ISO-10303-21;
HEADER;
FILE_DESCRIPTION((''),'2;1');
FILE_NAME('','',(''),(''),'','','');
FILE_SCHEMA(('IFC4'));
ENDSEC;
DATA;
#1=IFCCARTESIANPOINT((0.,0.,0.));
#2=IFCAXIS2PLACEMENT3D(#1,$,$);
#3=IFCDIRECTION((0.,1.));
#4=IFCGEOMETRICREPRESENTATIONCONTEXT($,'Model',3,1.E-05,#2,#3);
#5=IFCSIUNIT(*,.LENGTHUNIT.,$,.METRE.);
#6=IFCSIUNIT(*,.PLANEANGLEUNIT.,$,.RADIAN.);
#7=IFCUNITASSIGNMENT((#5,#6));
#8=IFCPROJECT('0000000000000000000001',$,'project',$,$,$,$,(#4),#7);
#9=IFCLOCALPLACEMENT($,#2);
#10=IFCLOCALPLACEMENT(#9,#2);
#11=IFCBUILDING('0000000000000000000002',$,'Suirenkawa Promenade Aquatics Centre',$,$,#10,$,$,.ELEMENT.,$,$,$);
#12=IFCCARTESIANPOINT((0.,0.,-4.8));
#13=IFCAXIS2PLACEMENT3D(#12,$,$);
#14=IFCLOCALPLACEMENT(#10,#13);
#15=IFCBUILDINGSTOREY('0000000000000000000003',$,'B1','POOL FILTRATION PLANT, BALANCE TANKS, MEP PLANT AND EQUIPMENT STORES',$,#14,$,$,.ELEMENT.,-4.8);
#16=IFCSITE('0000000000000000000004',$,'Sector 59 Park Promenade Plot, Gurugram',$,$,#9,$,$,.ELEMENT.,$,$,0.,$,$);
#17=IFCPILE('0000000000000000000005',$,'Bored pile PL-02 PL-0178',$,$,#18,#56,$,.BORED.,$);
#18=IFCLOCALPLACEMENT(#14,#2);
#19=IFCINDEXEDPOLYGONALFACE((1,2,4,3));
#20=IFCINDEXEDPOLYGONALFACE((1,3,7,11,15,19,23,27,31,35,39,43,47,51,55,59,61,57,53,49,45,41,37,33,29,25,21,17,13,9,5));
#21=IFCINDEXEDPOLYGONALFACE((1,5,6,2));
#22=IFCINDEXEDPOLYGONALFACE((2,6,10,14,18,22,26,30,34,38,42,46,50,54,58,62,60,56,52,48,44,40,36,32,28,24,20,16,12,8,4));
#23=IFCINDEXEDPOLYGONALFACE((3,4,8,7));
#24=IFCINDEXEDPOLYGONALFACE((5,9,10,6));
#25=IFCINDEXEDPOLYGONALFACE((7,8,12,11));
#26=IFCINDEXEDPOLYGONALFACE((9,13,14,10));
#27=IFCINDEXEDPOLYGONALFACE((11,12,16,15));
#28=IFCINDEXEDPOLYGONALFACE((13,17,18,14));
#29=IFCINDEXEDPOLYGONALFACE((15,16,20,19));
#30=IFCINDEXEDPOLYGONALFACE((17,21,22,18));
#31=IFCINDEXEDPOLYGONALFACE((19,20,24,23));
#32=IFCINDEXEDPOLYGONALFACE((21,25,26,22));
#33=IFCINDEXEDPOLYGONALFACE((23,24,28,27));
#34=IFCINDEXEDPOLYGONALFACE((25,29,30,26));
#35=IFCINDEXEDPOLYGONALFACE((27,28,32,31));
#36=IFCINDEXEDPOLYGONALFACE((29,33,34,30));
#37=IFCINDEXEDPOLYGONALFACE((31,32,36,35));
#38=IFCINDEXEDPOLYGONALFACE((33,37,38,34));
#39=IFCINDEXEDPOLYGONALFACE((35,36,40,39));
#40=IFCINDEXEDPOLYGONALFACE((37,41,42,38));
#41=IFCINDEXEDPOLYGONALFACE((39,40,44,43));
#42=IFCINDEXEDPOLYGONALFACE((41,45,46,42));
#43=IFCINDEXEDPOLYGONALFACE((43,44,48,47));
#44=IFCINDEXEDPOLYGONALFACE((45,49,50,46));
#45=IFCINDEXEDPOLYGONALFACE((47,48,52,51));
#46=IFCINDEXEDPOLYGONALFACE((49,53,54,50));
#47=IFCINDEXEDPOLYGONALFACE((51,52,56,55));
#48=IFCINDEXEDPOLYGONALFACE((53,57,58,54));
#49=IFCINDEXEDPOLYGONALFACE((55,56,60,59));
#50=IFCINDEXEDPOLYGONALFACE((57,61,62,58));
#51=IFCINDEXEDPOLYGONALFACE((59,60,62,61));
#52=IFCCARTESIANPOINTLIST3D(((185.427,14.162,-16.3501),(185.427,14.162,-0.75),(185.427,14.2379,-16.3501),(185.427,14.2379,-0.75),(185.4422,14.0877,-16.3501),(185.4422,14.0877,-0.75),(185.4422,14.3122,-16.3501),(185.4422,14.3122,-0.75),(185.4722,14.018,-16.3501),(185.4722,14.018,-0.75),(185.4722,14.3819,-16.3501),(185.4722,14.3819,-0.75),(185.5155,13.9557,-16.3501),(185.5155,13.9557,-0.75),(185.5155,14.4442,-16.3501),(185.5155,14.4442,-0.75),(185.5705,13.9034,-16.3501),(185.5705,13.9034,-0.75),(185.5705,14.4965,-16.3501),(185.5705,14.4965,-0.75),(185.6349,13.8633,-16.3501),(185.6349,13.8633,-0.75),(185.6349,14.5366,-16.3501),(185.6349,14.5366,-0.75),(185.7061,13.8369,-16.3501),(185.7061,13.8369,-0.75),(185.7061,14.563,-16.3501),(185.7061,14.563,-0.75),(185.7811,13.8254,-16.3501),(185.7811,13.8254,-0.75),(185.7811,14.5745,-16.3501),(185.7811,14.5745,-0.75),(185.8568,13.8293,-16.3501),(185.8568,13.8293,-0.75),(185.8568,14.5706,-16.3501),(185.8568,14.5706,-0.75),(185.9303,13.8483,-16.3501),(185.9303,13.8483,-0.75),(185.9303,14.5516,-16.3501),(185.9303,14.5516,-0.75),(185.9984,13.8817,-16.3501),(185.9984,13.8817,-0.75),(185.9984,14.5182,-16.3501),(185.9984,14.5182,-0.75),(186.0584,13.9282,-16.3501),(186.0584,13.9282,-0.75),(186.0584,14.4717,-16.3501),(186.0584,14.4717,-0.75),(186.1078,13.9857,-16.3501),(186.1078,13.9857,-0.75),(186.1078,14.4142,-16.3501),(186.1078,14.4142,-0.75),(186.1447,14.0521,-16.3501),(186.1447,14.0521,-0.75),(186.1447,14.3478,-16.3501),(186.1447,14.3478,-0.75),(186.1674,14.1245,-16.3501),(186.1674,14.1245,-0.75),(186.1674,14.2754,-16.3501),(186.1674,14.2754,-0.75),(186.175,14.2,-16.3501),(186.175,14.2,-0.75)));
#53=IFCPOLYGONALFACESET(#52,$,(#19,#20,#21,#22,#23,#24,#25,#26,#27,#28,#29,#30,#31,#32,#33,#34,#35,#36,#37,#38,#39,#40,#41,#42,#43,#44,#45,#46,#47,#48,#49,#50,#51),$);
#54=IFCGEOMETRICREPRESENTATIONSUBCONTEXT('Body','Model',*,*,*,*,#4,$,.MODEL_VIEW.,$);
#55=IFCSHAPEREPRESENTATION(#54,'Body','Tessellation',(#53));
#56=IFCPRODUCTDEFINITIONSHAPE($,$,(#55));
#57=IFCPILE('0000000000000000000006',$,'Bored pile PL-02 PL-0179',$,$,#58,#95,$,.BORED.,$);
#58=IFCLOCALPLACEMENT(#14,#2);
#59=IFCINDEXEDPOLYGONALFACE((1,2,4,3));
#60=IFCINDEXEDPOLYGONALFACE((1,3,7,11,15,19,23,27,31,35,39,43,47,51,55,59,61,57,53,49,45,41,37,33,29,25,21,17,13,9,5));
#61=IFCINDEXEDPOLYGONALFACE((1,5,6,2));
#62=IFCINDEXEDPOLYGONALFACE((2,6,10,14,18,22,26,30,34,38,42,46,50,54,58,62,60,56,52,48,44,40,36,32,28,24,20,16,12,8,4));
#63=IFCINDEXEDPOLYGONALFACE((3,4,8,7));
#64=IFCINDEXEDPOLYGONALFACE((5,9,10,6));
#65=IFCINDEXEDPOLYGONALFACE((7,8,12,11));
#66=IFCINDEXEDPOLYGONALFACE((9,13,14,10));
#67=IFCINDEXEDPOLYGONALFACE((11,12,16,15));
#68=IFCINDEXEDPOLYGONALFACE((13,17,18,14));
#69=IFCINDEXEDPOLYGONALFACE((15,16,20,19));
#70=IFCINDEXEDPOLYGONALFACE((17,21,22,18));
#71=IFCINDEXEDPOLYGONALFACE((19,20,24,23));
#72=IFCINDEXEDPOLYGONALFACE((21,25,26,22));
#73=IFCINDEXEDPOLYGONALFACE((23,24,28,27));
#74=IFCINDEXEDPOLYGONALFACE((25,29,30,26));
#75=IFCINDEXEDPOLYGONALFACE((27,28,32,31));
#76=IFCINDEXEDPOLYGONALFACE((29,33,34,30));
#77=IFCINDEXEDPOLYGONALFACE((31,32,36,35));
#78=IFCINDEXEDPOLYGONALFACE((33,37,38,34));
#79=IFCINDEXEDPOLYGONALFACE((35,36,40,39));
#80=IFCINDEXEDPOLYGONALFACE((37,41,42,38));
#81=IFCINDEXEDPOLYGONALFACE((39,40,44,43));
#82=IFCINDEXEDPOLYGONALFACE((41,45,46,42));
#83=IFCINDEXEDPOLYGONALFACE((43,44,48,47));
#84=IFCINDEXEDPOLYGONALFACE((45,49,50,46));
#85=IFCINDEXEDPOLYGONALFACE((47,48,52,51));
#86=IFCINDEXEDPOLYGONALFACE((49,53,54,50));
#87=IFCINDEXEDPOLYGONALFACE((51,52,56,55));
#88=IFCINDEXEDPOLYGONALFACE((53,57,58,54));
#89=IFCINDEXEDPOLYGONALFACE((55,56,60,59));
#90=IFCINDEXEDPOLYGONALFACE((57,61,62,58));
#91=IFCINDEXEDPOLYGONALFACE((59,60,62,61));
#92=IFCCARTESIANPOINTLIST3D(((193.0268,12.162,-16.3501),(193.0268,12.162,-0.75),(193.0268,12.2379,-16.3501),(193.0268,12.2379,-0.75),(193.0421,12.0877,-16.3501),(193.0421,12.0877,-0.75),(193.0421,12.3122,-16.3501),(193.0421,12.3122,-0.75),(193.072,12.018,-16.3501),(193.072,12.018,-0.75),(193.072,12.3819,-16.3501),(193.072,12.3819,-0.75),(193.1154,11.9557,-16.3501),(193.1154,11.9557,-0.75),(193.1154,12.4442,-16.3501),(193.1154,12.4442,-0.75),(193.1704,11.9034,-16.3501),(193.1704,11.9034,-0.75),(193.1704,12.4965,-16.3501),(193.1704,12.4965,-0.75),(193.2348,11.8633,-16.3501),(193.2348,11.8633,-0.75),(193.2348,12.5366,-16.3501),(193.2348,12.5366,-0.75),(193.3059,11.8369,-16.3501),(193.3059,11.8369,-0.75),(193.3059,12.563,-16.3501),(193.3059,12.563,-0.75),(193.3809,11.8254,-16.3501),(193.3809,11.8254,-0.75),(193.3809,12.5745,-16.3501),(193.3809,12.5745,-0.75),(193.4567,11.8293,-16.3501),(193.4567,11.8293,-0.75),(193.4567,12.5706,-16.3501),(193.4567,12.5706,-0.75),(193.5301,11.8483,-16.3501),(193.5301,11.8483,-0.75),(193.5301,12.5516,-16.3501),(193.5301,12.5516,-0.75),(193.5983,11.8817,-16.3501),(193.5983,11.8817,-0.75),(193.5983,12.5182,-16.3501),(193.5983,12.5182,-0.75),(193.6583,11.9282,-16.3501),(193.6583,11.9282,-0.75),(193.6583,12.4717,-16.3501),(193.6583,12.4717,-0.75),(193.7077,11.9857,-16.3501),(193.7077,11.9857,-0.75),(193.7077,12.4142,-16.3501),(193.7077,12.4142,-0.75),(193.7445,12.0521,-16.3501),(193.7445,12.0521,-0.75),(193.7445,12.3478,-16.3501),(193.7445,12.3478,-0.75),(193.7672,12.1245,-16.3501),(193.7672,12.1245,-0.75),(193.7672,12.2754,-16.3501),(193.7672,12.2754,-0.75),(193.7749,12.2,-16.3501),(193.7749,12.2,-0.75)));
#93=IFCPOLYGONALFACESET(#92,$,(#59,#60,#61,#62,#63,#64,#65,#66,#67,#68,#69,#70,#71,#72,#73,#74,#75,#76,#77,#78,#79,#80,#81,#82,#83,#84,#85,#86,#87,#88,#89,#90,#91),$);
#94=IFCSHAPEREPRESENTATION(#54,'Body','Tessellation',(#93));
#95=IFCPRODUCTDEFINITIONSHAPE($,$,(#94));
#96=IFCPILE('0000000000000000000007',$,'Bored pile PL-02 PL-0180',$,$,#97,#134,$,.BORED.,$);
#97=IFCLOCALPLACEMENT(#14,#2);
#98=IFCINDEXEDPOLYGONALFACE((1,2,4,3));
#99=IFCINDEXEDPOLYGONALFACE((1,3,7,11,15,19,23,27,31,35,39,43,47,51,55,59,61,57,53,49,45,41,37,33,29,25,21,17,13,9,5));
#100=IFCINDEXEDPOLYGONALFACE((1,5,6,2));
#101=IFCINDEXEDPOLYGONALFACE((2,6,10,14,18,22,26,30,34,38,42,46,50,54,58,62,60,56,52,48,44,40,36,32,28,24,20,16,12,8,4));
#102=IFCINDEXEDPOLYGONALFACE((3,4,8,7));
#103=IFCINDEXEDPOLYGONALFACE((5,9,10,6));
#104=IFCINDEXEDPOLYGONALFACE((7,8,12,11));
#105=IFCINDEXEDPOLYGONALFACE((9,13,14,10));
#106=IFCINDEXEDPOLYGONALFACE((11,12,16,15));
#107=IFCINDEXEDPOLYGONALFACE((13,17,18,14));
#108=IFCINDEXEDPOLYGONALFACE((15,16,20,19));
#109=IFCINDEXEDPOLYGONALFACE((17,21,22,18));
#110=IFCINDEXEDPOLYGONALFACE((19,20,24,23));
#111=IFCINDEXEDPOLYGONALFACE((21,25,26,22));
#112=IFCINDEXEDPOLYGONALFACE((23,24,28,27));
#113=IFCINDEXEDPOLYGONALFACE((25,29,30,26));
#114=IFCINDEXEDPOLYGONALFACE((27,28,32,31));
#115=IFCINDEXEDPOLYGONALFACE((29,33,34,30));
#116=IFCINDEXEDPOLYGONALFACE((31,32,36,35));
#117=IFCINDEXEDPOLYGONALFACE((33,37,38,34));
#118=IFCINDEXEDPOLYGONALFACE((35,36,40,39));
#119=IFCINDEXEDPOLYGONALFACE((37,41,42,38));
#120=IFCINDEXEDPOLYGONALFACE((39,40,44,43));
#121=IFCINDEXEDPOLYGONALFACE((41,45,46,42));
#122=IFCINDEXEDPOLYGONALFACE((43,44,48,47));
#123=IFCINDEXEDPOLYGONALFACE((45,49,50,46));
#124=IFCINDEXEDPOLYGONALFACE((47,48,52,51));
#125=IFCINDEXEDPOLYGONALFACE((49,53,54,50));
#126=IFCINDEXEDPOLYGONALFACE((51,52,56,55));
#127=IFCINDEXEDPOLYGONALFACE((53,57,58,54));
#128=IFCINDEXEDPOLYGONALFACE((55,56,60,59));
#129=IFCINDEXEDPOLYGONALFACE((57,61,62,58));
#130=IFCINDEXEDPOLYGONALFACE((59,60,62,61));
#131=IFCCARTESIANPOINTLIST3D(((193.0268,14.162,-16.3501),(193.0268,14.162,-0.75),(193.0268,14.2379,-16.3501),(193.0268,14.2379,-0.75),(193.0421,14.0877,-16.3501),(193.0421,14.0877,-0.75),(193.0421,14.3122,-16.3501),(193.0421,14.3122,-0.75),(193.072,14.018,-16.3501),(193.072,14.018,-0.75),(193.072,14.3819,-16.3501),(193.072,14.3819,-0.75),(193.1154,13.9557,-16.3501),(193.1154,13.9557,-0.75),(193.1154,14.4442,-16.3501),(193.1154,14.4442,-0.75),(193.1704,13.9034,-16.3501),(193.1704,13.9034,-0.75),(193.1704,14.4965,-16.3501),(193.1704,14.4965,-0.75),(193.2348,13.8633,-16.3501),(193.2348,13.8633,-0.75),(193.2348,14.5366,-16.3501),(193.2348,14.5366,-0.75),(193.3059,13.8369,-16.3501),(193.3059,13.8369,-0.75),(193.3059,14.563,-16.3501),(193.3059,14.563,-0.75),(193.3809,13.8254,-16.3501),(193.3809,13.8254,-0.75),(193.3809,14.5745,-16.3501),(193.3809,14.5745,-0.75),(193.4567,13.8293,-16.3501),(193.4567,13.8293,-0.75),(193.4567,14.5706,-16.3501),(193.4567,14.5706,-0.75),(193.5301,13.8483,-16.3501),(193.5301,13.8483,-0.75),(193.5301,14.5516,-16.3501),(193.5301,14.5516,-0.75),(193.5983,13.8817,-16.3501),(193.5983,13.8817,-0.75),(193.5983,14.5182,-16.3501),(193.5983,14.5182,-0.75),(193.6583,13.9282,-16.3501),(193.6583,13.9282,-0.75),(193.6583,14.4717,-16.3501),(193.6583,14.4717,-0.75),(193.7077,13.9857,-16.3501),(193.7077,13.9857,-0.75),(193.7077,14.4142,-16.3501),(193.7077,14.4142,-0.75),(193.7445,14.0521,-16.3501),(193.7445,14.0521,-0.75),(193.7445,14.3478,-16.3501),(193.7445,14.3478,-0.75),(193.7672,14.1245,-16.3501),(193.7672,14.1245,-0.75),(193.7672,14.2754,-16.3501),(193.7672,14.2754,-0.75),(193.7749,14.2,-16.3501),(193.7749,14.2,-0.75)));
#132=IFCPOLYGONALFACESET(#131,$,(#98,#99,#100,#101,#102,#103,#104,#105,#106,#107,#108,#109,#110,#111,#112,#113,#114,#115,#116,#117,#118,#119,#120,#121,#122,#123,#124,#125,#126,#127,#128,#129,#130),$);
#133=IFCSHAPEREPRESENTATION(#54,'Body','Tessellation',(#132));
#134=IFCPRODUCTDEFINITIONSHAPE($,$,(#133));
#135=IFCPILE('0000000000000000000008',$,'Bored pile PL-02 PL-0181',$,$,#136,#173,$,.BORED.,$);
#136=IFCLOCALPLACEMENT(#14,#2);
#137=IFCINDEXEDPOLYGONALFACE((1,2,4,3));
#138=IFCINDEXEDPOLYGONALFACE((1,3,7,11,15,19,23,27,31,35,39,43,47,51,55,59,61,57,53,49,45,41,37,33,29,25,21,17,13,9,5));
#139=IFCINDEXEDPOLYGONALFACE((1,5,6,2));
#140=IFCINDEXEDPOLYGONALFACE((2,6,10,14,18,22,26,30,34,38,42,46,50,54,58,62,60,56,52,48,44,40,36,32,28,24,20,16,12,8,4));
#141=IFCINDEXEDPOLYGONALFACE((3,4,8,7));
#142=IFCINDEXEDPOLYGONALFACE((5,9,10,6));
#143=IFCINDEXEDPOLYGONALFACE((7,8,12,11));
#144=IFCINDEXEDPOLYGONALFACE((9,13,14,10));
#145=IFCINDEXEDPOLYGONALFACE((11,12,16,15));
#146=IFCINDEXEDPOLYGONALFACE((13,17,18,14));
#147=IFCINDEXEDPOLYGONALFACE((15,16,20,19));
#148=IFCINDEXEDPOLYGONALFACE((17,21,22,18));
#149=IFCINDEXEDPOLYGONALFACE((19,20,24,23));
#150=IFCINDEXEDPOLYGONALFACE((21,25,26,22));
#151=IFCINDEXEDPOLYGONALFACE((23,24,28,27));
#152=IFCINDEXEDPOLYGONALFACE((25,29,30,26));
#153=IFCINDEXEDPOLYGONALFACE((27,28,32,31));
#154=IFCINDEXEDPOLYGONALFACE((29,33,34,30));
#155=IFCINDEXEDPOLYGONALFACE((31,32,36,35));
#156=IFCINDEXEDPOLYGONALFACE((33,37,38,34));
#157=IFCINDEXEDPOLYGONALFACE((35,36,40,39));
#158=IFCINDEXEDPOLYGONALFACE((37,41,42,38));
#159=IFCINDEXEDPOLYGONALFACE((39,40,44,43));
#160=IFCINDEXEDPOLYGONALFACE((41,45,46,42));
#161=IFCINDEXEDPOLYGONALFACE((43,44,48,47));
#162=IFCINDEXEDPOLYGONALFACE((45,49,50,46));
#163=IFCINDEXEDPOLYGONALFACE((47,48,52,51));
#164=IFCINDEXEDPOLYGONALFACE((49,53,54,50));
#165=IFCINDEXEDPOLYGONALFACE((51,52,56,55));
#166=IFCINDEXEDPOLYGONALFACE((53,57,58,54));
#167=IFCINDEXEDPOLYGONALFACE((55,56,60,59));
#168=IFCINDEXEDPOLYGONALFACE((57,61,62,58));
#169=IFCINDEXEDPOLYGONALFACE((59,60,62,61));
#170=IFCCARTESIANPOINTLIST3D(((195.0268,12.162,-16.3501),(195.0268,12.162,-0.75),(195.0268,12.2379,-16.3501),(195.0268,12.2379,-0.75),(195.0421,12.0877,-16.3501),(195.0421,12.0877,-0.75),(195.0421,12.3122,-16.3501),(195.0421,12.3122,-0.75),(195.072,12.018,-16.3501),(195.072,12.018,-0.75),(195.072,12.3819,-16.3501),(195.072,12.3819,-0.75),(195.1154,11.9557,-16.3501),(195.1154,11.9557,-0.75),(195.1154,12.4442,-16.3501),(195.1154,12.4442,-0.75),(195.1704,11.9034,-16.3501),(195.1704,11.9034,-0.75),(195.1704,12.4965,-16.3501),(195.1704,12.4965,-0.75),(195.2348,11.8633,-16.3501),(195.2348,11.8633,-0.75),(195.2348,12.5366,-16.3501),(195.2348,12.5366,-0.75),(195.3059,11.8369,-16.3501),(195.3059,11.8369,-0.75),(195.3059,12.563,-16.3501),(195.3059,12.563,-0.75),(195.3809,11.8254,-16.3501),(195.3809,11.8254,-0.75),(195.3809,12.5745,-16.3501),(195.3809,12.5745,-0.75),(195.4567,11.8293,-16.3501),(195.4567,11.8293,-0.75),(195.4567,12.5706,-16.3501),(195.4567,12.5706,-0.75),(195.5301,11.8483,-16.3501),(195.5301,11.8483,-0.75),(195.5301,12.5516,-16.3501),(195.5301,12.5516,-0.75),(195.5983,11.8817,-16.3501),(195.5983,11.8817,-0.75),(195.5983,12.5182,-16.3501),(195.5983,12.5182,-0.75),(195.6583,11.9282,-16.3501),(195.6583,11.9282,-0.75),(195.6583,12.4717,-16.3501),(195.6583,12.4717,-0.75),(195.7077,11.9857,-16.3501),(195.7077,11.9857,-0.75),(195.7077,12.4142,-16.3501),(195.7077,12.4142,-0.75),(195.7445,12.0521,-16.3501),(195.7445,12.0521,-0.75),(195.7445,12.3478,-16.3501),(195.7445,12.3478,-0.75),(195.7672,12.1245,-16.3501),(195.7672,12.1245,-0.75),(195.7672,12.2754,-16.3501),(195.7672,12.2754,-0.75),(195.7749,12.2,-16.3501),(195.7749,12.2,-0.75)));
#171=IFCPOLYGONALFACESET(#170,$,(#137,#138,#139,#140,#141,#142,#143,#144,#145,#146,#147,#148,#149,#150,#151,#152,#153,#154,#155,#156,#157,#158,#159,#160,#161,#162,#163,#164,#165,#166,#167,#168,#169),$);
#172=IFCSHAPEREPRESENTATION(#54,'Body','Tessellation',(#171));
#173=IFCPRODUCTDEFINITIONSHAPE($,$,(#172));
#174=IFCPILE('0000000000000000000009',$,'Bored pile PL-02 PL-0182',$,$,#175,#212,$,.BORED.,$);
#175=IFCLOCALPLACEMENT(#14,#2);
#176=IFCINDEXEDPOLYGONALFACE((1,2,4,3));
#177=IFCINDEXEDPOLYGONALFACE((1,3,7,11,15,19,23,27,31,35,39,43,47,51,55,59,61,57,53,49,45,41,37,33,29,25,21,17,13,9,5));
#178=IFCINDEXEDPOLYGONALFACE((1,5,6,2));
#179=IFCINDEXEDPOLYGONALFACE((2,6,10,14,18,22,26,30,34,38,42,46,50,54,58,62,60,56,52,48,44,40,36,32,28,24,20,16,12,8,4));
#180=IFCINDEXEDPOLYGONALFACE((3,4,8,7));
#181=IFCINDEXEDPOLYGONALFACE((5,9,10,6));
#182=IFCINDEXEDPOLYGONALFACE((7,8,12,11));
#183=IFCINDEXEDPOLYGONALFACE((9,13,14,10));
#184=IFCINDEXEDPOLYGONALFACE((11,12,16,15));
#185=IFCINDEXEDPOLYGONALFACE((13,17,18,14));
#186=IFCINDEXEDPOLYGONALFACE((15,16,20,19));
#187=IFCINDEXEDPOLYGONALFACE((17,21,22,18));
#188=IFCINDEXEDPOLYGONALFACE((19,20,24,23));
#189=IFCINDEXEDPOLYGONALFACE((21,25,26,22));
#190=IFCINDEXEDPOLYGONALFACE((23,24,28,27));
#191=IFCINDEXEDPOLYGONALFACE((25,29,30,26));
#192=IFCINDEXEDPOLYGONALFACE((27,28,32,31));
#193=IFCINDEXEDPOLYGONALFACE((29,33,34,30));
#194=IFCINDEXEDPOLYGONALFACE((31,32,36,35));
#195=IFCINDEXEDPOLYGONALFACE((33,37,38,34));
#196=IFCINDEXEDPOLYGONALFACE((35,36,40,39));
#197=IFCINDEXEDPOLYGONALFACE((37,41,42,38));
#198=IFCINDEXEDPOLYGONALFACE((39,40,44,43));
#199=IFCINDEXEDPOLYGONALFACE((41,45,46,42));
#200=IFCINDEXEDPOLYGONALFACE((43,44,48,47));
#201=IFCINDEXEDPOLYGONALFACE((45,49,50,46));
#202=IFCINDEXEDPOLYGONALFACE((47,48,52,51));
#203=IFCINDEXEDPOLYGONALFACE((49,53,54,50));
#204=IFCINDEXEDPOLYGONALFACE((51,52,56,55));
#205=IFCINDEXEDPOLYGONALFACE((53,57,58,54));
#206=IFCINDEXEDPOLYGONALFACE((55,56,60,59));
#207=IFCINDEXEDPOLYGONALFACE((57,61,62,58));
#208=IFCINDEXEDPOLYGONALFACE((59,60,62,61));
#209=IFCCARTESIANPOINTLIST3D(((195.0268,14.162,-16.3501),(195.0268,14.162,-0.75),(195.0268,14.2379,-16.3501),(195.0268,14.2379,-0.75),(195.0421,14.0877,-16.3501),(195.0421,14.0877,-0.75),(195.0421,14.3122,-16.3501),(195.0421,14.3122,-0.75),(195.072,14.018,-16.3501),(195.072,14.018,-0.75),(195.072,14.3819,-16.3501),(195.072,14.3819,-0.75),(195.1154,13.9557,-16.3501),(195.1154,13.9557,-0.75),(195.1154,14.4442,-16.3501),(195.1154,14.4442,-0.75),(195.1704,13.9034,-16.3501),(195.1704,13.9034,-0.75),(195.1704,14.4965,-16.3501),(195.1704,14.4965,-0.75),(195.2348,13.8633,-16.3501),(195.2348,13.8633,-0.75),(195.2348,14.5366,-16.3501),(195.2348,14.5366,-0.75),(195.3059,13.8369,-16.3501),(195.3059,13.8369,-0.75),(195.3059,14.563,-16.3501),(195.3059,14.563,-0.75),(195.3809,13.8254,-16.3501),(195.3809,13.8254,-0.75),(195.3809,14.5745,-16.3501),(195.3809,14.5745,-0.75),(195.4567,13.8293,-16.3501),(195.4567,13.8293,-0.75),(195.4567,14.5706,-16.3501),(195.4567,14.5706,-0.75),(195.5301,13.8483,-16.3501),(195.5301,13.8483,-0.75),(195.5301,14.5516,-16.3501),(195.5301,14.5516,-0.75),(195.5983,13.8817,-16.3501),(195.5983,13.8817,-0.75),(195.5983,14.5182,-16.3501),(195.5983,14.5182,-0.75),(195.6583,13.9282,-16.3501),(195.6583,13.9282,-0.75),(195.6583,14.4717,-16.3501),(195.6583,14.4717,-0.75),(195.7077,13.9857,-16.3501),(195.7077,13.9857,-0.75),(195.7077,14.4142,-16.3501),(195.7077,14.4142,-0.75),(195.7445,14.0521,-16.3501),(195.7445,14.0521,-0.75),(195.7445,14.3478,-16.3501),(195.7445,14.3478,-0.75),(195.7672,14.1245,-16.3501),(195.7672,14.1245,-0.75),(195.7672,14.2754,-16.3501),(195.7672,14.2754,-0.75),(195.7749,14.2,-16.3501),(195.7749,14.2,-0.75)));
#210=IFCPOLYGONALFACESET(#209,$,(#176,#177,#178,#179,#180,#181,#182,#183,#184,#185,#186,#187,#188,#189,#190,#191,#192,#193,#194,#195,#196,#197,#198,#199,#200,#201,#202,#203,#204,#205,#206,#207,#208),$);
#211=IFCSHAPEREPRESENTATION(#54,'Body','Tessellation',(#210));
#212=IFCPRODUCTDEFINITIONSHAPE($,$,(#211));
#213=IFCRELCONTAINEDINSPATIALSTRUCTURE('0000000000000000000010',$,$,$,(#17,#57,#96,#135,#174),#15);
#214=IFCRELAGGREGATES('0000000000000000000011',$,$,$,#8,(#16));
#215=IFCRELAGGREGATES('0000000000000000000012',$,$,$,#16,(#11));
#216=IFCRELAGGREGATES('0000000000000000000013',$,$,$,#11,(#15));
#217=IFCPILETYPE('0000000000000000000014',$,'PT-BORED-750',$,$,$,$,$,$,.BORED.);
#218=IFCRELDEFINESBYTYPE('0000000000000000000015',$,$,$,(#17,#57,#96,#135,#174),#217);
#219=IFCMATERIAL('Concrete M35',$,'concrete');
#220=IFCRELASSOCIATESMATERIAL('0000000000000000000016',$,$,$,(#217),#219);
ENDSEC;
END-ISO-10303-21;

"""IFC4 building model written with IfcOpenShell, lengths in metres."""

from ifc_helpers import new_model, si_unit, direction, frame, origin, origin_2d, place, context, subcontext, project, spatial, circle, extrude, material, material_profile, profile_set, type_object, element, save


model = new_model("IFC4")

# Units and contexts
model_context = context("Model", 3, precision=1e-05, world=origin(), true_north=direction((0.0, 1.0)))
body_context = subcontext(model_context, "Body", "Model", "MODEL_VIEW")
ifc_project = project(units=[si_unit("LENGTHUNIT", "METRE"), si_unit("PLANEANGLEUNIT", "RADIAN")], contexts=[model_context])

# Site, building, storey
site_placement = place(None, origin())
site = spatial("IfcSite", under=ifc_project, at=site_placement, Name="Sector 59 Park Promenade Plot, Gurugram", CompositionType="ELEMENT", RefElevation=0.0)
building_placement = place(site_placement, origin())
building = spatial("IfcBuilding", under=site, at=building_placement, Name="Suirenkawa Promenade Aquatics Centre", CompositionType="ELEMENT")
storey_placement = place(building_placement, frame((0.0, 0.0, -4.8)))
storey = spatial("IfcBuildingStorey", under=building, at=storey_placement, Name="B1", Description="POOL FILTRATION PLANT, BALANCE TANKS, MEP PLANT AND EQUIPMENT STORES", CompositionType="ELEMENT", Elevation=-4.8)

# Shared definitions
ifc_material_1 = material(Name="Concrete M35", Category="concrete")

# Piles
ifc_material_profile_1 = material_profile(ifc_material_1, circle(Radius=0.375, at=origin_2d()), Name="PILE D750", Category="concrete")
ifc_profile_set_1 = profile_set([ifc_material_profile_1], Name="Concrete M35")
pile_type = type_object("IfcPileType", Name="PT-BORED-750", PredefinedType="BORED", material=ifc_profile_set_1)
for number, where, z_axis, x_axis, name in (
    (1, (185.8, 14.2, -0.75), (0.0, 0.0, -1.0), (1.0, 0.0, 0.0), "Bored pile PL-02 PL-0178"),
    (2, (193.3999, 12.2, -0.75), (0.0, 0.0, -1.0), (1.0, 0.0, 0.0), "Bored pile PL-02 PL-0179"),
    (3, (193.3999, 14.2, -0.75), (0.0, 0.0, -1.0), (1.0, 0.0, 0.0), "Bored pile PL-02 PL-0180"),
    (4, (195.3999, 12.2, -0.75), (0.0, 0.0, -1.0), (1.0, 0.0, 0.0), "Bored pile PL-02 PL-0181"),
    (5, (195.3999, 14.2, -0.75), (0.0, 0.0, -1.0), (1.0, 0.0, 0.0), "Bored pile PL-02 PL-0182"),
):
    element("IfcPile", number, at=place(storey_placement, frame(where, z_axis=z_axis, x_axis=x_axis)), inside=storey, type_object=pile_type, Name=name, PredefinedType="BORED", context=body_context, shape_type="SweptSolid", body=[
        extrude(circle(Radius=0.375, at=origin_2d()), origin(), (0.0, 0.0, 1.0), 15.6001),
    ])

save(model, "model.ifc")
